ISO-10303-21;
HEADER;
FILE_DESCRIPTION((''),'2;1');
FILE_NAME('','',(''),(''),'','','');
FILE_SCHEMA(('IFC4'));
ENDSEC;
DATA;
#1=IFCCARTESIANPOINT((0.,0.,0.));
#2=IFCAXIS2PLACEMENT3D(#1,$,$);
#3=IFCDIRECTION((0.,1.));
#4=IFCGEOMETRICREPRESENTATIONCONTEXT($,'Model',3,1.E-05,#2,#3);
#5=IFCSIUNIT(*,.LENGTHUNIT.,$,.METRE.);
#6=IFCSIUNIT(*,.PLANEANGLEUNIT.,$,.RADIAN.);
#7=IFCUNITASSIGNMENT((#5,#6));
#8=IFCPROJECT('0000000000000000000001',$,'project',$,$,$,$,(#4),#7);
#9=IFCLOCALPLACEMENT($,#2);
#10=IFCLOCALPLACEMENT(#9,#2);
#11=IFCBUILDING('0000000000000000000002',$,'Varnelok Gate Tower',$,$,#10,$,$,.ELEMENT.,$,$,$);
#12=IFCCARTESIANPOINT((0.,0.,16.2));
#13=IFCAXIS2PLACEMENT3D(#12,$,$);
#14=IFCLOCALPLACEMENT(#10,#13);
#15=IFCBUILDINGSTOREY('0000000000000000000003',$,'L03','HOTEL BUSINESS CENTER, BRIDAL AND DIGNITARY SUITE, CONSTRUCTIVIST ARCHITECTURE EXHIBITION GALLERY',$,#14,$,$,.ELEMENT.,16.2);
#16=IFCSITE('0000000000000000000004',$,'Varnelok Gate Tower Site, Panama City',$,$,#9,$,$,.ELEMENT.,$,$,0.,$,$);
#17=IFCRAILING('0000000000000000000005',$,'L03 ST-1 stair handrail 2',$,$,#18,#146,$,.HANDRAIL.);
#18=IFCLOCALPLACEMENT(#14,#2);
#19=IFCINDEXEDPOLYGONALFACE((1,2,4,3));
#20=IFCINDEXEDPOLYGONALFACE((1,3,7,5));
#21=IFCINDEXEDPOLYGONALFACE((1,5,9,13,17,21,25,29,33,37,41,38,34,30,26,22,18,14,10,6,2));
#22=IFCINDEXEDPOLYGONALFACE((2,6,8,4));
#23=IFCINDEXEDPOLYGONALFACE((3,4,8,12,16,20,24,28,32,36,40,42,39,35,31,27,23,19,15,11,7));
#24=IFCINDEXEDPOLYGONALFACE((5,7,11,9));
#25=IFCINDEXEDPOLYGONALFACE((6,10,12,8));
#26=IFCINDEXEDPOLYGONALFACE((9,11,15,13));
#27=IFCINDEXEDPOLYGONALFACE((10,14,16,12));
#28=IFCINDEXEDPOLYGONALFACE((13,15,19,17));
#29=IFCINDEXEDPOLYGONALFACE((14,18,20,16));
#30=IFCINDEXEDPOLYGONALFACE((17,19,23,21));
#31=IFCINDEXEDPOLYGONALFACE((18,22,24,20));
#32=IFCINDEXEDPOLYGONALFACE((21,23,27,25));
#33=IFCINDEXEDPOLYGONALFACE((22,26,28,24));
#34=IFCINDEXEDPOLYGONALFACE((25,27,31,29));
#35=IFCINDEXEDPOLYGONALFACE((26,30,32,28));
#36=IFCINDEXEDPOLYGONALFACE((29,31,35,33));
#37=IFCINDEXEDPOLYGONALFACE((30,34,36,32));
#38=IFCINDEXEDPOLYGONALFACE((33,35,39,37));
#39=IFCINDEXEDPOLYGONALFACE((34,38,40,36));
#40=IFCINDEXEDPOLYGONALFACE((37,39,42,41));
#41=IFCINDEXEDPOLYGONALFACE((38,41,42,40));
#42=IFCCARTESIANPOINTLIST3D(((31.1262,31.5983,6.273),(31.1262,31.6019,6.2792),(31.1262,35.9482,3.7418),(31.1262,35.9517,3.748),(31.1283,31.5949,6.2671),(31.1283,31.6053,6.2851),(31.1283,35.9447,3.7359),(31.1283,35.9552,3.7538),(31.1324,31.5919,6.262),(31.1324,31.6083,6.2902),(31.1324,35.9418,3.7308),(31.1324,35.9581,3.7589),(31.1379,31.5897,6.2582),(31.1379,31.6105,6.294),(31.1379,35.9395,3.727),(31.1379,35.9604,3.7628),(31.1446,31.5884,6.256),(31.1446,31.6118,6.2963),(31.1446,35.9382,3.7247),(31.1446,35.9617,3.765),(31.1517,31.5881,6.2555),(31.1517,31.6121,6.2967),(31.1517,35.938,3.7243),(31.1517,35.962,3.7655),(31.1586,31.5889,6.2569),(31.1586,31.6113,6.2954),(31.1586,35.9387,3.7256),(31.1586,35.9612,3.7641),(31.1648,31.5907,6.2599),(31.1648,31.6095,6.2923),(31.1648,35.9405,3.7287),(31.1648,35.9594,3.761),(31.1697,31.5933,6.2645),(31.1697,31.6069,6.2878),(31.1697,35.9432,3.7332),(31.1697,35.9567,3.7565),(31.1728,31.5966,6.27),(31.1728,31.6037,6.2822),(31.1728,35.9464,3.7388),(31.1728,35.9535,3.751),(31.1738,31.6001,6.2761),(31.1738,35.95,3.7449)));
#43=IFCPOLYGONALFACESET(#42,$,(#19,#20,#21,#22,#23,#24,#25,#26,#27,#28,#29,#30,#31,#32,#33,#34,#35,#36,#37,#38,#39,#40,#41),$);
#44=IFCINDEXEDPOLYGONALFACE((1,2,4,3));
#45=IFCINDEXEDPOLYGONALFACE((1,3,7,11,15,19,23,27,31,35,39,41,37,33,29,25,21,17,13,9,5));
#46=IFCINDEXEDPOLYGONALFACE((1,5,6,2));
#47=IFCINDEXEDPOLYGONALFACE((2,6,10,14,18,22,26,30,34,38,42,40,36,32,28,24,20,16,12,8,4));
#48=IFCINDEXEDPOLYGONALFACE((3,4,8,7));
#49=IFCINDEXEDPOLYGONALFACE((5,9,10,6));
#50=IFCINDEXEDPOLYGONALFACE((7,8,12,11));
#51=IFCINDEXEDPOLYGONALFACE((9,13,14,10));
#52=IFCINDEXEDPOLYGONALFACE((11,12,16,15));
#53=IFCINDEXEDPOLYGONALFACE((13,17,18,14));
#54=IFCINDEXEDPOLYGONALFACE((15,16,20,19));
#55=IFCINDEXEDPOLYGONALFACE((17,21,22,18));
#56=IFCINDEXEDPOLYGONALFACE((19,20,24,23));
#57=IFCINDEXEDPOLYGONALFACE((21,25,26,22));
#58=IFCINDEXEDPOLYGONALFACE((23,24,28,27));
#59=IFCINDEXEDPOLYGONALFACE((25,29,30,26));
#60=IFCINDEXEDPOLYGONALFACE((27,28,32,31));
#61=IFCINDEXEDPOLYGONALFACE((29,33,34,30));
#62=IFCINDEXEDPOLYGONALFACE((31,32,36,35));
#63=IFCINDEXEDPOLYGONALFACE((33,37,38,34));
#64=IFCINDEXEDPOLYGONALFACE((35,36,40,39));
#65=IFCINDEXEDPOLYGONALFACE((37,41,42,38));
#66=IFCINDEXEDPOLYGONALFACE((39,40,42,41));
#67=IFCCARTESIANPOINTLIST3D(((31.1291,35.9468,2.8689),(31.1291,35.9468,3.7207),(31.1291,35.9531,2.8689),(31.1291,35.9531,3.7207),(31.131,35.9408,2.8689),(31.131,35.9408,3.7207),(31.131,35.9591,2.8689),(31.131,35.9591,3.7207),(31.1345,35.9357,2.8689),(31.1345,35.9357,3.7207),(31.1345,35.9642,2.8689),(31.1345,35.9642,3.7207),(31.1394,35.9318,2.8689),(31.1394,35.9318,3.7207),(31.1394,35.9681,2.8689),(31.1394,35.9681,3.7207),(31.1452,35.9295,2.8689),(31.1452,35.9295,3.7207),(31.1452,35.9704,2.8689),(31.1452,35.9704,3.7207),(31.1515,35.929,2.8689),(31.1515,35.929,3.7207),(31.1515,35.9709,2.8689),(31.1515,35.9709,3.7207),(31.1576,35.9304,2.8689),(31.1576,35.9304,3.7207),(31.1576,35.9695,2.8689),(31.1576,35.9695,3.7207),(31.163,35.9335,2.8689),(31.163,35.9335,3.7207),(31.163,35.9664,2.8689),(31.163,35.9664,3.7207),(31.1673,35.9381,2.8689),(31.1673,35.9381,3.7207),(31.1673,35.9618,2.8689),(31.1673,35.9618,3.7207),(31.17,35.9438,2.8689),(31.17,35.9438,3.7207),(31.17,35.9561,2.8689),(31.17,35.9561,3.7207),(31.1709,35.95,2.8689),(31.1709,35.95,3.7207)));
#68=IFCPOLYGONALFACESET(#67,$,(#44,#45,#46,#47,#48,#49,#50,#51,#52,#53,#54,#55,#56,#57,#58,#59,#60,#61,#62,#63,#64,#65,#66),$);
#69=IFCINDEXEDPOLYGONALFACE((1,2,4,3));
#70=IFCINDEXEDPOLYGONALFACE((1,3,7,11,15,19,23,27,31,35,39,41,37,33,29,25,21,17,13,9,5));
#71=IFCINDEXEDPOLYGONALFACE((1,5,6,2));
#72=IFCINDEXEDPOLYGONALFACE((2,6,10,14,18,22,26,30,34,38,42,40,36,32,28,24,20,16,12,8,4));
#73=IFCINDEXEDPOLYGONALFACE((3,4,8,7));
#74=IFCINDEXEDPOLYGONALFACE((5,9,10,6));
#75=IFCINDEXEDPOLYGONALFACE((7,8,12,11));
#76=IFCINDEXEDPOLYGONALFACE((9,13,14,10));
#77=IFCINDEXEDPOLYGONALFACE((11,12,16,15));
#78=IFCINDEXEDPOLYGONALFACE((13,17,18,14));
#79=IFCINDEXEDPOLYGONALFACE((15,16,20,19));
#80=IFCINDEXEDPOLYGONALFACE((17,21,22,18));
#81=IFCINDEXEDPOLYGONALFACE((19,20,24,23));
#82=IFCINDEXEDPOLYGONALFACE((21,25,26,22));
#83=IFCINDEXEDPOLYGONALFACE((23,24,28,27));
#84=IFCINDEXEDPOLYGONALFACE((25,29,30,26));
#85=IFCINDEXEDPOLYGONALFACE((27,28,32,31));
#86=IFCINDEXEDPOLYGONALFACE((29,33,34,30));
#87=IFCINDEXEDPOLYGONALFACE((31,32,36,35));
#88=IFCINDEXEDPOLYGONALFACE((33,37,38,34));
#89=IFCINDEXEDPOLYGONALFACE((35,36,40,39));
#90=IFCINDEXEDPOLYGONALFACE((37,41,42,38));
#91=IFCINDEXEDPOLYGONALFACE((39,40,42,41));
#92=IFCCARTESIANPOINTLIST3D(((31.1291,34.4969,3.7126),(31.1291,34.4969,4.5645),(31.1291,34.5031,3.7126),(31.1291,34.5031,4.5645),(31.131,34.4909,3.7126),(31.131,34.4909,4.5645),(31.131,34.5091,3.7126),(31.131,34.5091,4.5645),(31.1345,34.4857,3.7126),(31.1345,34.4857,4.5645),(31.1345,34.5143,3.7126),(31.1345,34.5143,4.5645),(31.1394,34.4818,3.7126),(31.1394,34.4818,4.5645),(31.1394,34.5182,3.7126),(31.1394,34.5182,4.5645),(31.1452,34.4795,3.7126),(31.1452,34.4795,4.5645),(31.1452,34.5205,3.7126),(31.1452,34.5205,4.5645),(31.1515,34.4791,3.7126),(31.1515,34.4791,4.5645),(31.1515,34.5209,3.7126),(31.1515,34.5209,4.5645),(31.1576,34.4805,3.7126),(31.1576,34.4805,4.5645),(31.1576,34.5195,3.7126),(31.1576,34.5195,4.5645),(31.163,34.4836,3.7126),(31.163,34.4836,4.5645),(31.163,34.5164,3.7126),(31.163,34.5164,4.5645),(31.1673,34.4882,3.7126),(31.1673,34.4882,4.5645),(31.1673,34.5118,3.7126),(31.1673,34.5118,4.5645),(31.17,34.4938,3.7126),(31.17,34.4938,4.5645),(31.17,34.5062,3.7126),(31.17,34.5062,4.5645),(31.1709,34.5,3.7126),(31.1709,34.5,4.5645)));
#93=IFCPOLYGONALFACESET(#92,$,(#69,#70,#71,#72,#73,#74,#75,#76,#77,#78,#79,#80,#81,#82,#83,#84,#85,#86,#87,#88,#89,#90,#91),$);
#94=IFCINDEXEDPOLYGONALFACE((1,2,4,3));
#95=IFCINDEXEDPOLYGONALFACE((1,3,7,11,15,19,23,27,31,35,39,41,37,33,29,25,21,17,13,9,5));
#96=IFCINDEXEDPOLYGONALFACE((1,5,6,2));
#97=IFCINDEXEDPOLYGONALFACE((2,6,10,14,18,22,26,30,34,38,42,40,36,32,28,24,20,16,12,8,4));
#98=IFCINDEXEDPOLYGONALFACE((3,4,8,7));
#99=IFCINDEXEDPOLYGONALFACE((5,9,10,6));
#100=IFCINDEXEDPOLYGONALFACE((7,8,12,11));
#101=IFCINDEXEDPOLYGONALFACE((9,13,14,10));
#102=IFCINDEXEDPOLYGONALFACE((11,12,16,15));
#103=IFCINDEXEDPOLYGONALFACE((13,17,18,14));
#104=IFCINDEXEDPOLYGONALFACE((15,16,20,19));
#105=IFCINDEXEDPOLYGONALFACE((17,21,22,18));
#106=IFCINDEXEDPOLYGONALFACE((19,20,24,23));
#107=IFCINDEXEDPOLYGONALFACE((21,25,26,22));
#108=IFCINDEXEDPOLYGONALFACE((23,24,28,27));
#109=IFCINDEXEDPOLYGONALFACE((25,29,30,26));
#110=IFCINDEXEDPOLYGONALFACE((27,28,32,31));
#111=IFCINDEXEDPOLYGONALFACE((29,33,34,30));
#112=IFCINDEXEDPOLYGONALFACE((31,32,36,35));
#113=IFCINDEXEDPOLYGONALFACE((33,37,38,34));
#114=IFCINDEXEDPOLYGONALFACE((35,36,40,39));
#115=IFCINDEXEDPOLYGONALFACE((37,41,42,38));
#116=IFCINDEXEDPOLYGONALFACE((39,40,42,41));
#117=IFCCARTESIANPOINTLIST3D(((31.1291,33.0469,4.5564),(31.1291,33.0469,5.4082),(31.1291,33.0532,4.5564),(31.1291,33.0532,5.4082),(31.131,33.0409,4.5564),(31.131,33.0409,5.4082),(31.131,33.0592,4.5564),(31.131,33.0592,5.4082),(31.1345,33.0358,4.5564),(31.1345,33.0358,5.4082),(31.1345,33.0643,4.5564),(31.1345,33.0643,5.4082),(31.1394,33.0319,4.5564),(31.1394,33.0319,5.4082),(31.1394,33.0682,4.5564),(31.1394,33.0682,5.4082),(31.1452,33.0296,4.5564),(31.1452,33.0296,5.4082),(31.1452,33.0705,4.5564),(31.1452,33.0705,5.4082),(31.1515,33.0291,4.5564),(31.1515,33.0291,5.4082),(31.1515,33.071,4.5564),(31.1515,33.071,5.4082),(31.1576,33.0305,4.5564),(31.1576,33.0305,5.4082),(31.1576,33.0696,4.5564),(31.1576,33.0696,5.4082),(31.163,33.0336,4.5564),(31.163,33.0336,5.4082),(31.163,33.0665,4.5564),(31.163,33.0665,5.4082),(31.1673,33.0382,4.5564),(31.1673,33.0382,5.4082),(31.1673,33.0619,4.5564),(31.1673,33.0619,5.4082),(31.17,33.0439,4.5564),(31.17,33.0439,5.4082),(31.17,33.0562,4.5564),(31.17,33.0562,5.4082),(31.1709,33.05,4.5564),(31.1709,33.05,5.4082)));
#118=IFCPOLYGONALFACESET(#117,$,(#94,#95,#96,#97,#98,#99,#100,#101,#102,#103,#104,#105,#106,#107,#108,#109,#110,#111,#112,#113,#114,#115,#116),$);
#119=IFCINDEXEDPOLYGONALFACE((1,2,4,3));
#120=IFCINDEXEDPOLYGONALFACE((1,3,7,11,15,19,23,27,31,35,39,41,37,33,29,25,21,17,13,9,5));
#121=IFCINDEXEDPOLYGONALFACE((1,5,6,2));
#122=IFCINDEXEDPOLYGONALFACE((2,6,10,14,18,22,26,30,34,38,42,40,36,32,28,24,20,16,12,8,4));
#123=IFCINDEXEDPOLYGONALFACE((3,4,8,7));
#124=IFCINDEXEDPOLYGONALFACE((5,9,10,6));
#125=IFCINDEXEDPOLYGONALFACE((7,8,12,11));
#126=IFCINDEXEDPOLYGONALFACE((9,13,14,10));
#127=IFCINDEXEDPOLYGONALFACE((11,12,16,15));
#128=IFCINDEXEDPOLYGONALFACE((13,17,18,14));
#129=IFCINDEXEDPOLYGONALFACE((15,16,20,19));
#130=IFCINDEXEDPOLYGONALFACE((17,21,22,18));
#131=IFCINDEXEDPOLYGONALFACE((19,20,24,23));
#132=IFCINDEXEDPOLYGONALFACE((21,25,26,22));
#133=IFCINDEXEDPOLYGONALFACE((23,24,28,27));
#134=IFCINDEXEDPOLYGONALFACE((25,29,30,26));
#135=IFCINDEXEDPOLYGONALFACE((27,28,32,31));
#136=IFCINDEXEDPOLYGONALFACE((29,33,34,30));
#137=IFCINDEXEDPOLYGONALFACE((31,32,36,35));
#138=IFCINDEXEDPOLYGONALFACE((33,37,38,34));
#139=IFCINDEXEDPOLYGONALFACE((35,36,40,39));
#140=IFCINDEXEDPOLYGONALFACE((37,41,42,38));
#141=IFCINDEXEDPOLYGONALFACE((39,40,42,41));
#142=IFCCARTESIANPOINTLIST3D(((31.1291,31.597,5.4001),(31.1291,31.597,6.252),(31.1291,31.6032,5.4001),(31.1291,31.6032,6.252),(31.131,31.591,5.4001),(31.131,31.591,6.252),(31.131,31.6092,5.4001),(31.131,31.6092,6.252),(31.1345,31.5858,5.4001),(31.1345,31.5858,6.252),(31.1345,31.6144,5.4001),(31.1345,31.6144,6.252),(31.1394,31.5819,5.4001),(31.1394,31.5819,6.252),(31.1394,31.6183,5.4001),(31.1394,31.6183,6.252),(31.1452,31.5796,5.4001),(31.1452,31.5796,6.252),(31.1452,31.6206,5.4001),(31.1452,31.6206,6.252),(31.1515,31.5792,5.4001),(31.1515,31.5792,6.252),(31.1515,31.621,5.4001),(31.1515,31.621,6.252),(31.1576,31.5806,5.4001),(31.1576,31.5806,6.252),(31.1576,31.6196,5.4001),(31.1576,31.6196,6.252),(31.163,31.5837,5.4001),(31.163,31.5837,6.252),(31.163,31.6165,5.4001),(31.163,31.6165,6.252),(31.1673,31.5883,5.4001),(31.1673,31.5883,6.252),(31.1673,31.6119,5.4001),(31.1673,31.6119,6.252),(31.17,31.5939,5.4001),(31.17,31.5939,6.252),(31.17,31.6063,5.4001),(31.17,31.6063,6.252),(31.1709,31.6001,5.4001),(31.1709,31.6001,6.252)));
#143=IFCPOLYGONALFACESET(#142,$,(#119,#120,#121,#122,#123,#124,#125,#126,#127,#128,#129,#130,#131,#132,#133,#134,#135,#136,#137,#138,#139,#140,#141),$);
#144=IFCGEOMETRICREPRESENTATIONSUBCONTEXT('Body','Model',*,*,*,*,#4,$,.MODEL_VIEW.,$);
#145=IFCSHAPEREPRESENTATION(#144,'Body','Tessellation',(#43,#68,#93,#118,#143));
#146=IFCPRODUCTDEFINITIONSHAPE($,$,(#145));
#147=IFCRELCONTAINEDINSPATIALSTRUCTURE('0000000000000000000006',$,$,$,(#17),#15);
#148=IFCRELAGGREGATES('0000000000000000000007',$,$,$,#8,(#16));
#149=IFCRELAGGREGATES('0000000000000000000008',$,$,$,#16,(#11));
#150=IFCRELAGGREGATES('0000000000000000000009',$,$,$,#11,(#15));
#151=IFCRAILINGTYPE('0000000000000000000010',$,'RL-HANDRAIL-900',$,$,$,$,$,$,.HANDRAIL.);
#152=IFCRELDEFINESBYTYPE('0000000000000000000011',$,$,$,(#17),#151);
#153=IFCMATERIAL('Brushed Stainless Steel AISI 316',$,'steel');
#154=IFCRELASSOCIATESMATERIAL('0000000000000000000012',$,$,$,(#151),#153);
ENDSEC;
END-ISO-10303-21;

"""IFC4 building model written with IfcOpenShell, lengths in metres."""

from ifc_helpers import new_model, si_unit, direction, frame, origin, origin_2d, place, context, subcontext, project, spatial, circle, extrude, material, type_object, element, save


model = new_model("IFC4")

# Units and contexts
model_context = context("Model", 3, precision=1e-05, world=origin(), true_north=direction((0.0, 1.0)))
body_context = subcontext(model_context, "Body", "Model", "MODEL_VIEW")
ifc_project = project(units=[si_unit("LENGTHUNIT", "METRE"), si_unit("PLANEANGLEUNIT", "RADIAN")], contexts=[model_context])

# Site, building, storey
site_placement = place(None, origin())
site = spatial("IfcSite", under=ifc_project, at=site_placement, Name="Varnelok Gate Tower Site, Panama City", CompositionType="ELEMENT", RefElevation=0.0)
building_placement = place(site_placement, origin())
building = spatial("IfcBuilding", under=site, at=building_placement, Name="Varnelok Gate Tower", CompositionType="ELEMENT")
storey_placement = place(building_placement, frame((0.0, 0.0, 16.2)))
storey = spatial("IfcBuildingStorey", under=building, at=storey_placement, Name="L03", Description="HOTEL BUSINESS CENTER, BRIDAL AND DIGNITARY SUITE, CONSTRUCTIVIST ARCHITECTURE EXHIBITION GALLERY", CompositionType="ELEMENT", Elevation=16.2)

# Railing
ifc_material_1 = material(Name="Brushed Stainless Steel AISI 316", Category="steel")
railing_type_1 = type_object("IfcRailingType", Name="RL-HANDRAIL-900", PredefinedType="HANDRAIL", material=ifc_material_1)
railing_1_placement = place(storey_placement, frame((31.1499, 35.95, 2.8689)))
element("IfcRailing", 1, at=railing_1_placement, inside=storey, type_object=railing_type_1, Name="L03 ST-1 stair handrail 2", PredefinedType="HANDRAIL", context=body_context, shape_type="SweptSolid", body=[
    extrude(circle(Radius=0.0239, at=origin_2d()), frame((0.0, 0.0, 0.876), z_axis=(0.0, -0.864312, 0.502957), x_axis=(1.0, 0.0, 0.0)), (0.0, 0.0, 1.0), 5.0327),
    extrude(circle(Radius=0.021, at=origin_2d()), origin(), (0.0, 0.0, 1.0), 0.8518),
    extrude(circle(Radius=0.021, at=origin_2d()), frame((0.0, -1.45, 0.8438)), (0.0, 0.0, 1.0), 0.8518),
    extrude(circle(Radius=0.021, at=origin_2d()), frame((0.0, -2.8999, 1.6875)), (0.0, 0.0, 1.0), 0.8518),
    extrude(circle(Radius=0.021, at=origin_2d()), frame((0.0, -4.3499, 2.5312)), (0.0, 0.0, 1.0), 0.8518),
])

save(model, "model.ifc")
